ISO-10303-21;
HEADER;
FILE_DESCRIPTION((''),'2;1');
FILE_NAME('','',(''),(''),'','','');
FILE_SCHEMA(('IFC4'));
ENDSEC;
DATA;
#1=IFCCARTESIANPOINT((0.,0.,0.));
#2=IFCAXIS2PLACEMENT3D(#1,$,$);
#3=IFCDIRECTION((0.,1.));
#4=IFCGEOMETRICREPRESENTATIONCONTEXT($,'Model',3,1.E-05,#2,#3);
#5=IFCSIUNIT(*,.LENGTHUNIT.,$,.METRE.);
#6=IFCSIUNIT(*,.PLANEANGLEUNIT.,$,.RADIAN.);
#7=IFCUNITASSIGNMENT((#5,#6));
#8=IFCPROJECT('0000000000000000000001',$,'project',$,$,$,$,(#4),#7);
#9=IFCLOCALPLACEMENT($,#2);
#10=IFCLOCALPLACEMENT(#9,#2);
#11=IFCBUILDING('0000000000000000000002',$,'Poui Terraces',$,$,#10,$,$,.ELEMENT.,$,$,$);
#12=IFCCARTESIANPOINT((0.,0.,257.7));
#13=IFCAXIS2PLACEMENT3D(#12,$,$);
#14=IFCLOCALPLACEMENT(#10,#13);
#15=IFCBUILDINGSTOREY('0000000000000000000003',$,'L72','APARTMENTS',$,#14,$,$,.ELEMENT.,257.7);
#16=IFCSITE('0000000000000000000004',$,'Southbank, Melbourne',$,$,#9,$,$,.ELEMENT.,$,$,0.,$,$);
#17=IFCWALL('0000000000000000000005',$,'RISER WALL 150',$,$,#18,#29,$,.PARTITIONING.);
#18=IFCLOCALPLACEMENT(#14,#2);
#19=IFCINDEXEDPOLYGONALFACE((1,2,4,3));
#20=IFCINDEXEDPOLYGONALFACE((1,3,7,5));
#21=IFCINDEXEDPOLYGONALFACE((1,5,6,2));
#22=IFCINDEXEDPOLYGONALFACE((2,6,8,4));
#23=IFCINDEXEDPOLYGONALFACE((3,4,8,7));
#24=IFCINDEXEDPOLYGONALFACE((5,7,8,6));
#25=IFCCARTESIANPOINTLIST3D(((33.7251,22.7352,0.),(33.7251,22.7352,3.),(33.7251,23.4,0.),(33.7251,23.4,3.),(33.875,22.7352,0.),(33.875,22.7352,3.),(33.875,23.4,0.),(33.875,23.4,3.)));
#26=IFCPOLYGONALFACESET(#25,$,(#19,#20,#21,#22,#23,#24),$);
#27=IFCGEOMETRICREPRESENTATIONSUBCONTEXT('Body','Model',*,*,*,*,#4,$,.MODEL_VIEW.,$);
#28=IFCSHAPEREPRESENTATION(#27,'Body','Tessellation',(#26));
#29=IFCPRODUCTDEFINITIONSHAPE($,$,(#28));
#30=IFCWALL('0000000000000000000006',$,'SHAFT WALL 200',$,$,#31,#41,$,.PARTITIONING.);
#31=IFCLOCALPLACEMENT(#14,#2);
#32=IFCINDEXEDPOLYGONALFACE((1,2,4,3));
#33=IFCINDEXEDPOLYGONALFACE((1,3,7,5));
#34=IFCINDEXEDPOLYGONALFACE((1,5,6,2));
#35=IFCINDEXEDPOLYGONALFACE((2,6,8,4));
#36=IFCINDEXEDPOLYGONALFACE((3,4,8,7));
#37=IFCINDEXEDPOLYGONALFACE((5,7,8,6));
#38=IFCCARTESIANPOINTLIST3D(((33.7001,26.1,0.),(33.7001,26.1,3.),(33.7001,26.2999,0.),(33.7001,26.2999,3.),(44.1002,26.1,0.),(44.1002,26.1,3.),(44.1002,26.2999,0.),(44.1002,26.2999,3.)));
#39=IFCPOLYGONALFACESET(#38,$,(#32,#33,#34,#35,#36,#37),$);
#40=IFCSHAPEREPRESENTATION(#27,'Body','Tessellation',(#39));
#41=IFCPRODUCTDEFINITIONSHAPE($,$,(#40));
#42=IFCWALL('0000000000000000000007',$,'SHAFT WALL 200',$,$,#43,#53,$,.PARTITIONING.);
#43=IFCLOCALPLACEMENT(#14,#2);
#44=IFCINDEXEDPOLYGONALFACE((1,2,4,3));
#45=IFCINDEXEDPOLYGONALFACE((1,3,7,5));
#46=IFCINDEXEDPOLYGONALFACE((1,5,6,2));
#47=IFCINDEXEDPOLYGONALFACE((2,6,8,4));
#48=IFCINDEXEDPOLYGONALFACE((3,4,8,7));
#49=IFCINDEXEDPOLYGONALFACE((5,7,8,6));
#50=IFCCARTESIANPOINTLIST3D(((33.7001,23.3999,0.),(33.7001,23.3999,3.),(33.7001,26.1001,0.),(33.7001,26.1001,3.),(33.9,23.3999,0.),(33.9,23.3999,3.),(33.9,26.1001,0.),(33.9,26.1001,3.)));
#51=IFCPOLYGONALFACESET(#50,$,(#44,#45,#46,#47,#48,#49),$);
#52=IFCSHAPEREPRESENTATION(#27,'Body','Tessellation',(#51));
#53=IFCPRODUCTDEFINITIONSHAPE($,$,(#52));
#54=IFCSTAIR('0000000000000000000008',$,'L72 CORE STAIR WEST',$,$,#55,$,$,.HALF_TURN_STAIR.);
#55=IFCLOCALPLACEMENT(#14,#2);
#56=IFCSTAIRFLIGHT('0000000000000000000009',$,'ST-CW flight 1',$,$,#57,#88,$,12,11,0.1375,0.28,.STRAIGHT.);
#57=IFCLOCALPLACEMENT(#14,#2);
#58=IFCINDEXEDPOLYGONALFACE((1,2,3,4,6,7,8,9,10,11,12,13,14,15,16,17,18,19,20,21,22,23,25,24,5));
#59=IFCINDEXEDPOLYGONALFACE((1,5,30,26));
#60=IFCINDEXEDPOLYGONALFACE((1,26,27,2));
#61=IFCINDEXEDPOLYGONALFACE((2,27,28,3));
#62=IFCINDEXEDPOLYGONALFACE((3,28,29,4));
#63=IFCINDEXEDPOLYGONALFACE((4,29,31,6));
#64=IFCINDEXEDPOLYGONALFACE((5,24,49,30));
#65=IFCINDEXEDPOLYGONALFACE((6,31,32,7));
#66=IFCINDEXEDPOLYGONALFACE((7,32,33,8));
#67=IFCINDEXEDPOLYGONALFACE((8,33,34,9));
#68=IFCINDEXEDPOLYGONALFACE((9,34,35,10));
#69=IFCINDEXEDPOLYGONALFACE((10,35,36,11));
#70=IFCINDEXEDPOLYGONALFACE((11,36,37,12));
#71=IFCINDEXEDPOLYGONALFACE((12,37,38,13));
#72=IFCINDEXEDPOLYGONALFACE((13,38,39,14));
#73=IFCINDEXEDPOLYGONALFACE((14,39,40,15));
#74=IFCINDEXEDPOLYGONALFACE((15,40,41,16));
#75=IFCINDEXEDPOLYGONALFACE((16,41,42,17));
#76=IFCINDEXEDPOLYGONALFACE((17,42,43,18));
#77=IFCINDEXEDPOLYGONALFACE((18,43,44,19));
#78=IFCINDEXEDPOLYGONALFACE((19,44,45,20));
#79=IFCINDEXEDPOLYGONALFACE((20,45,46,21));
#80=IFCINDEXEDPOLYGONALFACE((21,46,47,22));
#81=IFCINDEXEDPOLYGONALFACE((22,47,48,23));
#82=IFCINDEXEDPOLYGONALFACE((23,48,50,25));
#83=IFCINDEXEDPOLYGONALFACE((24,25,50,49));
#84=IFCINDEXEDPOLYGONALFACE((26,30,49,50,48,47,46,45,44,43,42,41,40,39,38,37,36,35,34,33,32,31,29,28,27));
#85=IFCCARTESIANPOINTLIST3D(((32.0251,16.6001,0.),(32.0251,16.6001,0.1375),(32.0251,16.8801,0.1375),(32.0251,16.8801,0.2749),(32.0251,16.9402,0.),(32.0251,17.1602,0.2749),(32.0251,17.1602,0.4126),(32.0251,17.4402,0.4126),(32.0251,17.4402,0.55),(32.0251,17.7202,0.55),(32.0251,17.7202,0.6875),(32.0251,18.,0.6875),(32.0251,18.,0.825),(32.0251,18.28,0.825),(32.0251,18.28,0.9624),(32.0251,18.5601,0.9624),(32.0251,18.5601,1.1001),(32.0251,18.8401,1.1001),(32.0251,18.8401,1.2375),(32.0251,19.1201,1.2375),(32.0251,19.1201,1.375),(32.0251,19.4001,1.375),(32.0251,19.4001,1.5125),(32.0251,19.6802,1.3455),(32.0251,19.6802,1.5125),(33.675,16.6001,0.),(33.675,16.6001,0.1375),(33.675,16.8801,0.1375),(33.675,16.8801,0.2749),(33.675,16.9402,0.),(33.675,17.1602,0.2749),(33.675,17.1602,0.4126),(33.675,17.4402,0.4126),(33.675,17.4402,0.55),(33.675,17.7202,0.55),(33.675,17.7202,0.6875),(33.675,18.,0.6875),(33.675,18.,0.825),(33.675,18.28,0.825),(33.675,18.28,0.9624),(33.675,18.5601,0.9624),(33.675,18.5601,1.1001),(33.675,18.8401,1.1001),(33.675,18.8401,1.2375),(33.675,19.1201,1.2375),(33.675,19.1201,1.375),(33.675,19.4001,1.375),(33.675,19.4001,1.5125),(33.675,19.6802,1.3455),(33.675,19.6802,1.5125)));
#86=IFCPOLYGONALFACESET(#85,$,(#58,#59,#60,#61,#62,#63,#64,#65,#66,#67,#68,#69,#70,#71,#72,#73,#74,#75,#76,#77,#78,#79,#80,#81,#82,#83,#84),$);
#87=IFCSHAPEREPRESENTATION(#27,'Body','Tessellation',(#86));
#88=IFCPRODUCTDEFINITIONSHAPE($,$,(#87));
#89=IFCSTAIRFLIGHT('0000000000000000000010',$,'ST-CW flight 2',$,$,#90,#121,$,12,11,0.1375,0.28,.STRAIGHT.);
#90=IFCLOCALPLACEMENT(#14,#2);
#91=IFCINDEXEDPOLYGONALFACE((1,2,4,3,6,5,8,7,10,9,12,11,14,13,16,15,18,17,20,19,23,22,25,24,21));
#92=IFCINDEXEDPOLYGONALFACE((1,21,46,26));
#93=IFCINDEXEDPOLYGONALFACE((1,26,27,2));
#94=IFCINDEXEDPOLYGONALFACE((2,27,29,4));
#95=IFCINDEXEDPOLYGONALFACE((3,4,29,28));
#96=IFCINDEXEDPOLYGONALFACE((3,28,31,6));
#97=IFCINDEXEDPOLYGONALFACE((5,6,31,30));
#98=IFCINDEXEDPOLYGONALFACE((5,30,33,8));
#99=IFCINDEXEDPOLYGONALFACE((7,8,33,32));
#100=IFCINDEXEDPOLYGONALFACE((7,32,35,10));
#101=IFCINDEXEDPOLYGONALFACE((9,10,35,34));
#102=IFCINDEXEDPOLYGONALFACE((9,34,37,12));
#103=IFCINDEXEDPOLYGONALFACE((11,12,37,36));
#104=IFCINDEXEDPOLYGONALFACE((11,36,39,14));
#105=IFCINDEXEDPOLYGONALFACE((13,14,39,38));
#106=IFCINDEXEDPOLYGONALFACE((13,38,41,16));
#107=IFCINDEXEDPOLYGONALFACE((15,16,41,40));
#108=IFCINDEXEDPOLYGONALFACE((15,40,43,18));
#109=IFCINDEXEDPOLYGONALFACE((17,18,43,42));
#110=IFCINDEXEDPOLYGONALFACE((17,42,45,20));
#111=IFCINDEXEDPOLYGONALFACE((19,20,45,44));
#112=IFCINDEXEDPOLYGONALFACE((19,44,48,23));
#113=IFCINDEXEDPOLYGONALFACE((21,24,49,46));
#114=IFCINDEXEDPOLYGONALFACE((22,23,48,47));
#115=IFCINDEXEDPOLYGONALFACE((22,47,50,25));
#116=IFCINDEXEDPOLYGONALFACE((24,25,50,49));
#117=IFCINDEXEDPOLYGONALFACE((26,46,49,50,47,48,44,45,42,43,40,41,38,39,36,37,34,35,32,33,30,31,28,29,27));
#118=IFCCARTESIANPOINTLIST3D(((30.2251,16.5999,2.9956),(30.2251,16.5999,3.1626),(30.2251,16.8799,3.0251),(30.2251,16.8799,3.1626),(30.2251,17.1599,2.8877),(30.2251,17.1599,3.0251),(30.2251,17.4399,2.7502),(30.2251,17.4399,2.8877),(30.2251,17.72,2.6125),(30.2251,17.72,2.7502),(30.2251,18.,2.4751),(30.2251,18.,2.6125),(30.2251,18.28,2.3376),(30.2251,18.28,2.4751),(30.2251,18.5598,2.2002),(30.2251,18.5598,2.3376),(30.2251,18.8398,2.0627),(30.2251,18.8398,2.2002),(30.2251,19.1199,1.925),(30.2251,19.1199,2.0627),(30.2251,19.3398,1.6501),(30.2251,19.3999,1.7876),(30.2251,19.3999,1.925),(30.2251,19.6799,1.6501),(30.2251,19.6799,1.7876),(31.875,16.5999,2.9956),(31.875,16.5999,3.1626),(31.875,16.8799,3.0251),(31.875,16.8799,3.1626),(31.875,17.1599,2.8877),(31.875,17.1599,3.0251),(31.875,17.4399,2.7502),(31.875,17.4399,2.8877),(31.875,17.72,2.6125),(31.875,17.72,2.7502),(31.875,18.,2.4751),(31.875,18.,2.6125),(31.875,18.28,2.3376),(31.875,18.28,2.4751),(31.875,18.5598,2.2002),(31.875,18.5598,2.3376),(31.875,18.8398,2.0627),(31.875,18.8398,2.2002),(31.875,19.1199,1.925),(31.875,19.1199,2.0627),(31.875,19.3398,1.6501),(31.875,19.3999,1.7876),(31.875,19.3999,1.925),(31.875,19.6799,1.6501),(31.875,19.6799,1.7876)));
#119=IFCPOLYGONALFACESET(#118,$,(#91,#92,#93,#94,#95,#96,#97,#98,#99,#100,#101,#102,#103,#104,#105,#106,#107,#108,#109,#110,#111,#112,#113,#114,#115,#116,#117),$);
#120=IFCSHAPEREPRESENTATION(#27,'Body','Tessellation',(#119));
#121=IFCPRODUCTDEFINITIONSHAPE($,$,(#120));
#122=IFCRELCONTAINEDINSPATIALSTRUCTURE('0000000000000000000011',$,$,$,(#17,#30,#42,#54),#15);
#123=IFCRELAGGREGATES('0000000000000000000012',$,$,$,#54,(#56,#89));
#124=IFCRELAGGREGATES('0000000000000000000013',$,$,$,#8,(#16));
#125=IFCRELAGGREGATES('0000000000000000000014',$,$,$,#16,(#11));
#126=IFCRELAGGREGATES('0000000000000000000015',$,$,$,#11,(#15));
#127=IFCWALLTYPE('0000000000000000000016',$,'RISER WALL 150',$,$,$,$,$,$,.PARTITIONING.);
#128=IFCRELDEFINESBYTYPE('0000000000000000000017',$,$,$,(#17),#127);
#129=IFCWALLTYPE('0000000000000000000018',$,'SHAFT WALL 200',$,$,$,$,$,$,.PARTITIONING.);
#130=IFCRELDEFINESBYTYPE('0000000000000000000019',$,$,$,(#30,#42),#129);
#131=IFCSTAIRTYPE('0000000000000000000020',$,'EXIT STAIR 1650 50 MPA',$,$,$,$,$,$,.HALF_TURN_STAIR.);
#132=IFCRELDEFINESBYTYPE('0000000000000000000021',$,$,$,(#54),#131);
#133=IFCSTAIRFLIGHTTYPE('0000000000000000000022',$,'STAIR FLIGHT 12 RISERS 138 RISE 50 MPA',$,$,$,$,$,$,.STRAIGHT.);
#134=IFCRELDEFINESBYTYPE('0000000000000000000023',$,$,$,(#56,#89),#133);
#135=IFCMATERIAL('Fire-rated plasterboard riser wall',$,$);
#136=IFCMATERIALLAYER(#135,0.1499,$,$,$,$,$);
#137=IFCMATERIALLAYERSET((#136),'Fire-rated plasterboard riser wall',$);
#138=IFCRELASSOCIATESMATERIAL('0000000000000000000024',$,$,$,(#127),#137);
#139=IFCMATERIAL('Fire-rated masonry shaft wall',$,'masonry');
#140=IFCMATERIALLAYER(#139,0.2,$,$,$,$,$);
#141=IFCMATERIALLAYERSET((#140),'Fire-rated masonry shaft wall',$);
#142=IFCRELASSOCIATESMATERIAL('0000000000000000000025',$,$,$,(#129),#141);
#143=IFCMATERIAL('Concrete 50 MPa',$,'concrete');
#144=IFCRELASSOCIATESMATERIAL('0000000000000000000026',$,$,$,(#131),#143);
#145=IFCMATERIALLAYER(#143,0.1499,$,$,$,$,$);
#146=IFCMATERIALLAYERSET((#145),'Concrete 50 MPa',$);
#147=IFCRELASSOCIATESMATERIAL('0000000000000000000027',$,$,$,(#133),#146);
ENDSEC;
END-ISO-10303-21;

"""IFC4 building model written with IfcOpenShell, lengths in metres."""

from ifc_helpers import new_model, si_unit, direction, frame, frame_2d, origin, place, context, subcontext, project, spatial, polyline, rectangle, outline, extrude, material, layer, layer_set, type_object, element, aggregate, save


model = new_model("IFC4")

# Units and contexts
model_context = context("Model", 3, precision=1e-05, world=origin(), true_north=direction((0.0, 1.0)))
body_context = subcontext(model_context, "Body", "Model", "MODEL_VIEW")
ifc_project = project(units=[si_unit("LENGTHUNIT", "METRE"), si_unit("PLANEANGLEUNIT", "RADIAN")], contexts=[model_context])

# Site, building, storey
site_placement = place(None, origin())
site = spatial("IfcSite", under=ifc_project, at=site_placement, Name="Southbank, Melbourne", CompositionType="ELEMENT", RefElevation=0.0)
building_placement = place(site_placement, origin())
building = spatial("IfcBuilding", under=site, at=building_placement, Name="Poui Terraces", CompositionType="ELEMENT")
storey_placement = place(building_placement, frame((0.0, 0.0, 257.7)))
storey = spatial("IfcBuildingStorey", under=building, at=storey_placement, Name="L72", Description="APARTMENTS", CompositionType="ELEMENT", Elevation=257.7)

# Walls
ifc_material_1 = material(Name="Fire-rated plasterboard riser wall")
ifc_layer_1 = layer(ifc_material_1, 0.1499)
ifc_layer_set_1 = layer_set([ifc_layer_1], Name="Fire-rated plasterboard riser wall")
wall_type_1 = type_object("IfcWallType", Name="RISER WALL 150", PredefinedType="PARTITIONING", material=ifc_layer_set_1)
wall_1_placement = place(storey_placement, frame((33.8, 22.7351, 0.0), z_axis=(0.0, 0.0, 1.0), x_axis=(0.0, 1.0, 0.0)))
element("IfcWall", 1, at=wall_1_placement, inside=storey, type_object=wall_type_1, Name="RISER WALL 150", PredefinedType="PARTITIONING", context=body_context, shape_type="SweptSolid", body=[
    extrude(rectangle(XDim=0.6648, YDim=0.1499, at=frame_2d((0.3325, 0.0))), origin(), (0.0, 0.0, 1.0), 3.0),
])
ifc_material_2 = material(Name="Fire-rated masonry shaft wall", Category="masonry")
ifc_layer_2 = layer(ifc_material_2, 0.2)
ifc_layer_set_2 = layer_set([ifc_layer_2], Name="Fire-rated masonry shaft wall")
wall_type_2 = type_object("IfcWallType", Name="SHAFT WALL 200", PredefinedType="PARTITIONING", material=ifc_layer_set_2)
wall_2_placement = place(storey_placement, frame((33.7, 26.2, 0.0), z_axis=(0.0, 0.0, 1.0), x_axis=(1.0, 0.0, 0.0)))
element("IfcWall", 2, at=wall_2_placement, inside=storey, type_object=wall_type_2, Name="SHAFT WALL 200", PredefinedType="PARTITIONING", context=body_context, shape_type="SweptSolid", body=[
    extrude(rectangle(XDim=10.4001, YDim=0.2, at=frame_2d((5.2002, 0.0))), origin(), (0.0, 0.0, 1.0), 3.0),
])
wall_3_placement = place(storey_placement, frame((33.8, 23.3999, 0.0), z_axis=(0.0, 0.0, 1.0), x_axis=(0.0, 1.0, 0.0)))
element("IfcWall", 3, at=wall_3_placement, inside=storey, type_object=wall_type_2, Name="SHAFT WALL 200", PredefinedType="PARTITIONING", context=body_context, shape_type="SweptSolid", body=[
    extrude(rectangle(XDim=2.7002, YDim=0.2, at=frame_2d((1.3501, 0.0))), origin(), (0.0, 0.0, 1.0), 3.0),
])

# Stair, stair flights
ifc_material_3 = material(Name="Concrete 50 MPa", Category="concrete")
stair_type = type_object("IfcStairType", Name="EXIT STAIR 1650 50 MPA", PredefinedType="HALF_TURN_STAIR", material=ifc_material_3)
stair_placement = place(storey_placement, origin())
stair = element("IfcStair", 4, at=stair_placement, inside=storey, type_object=stair_type, Name="L72 CORE STAIR WEST", PredefinedType="HALF_TURN_STAIR")
ifc_layer_3 = layer(ifc_material_3, 0.1499)
ifc_layer_set_3 = layer_set([ifc_layer_3], Name="Concrete 50 MPa")
stair_flight_type = type_object("IfcStairFlightType", Name="STAIR FLIGHT 12 RISERS 138 RISE 50 MPA", PredefinedType="STRAIGHT", material=ifc_layer_set_3)
stair_flight_1_placement = place(storey_placement, frame((32.8501, 16.6001, 0.0), z_axis=(0.0, 0.0, 1.0), x_axis=(0.0, 1.0, 0.0)))
stair_flight_1 = element("IfcStairFlight", 5, at=stair_flight_1_placement, type_object=stair_flight_type, Name="ST-CW flight 1", NumberOfRisers=12, NumberOfTreads=11, PredefinedType="STRAIGHT", RiserHeight=0.1375, TreadLength=0.28, context=body_context, shape_type="SweptSolid", body=[
    extrude(outline(polyline([(0.0, 0.0), (0.0, 0.1375), (0.28, 0.1375), (0.28, 0.2749), (0.5601, 0.2749), (0.5601, 0.4126), (0.8401, 0.4126), (0.8401, 0.55), (1.1201, 0.55), (1.1201, 0.6875), (1.3999, 0.6875), (1.3999, 0.825), (1.6799, 0.825), (1.6799, 0.9624), (1.96, 0.9624), (1.96, 1.1001), (2.24, 1.1001), (2.24, 1.2375), (2.52, 1.2375), (2.52, 1.375), (2.8, 1.375), (2.8, 1.5125), (3.0801, 1.5125), (3.0801, 1.6499), (3.0801, 1.3455), (0.3401, 0.0), (0.0, 0.0)])), frame((0.0, 0.825, 0.0), z_axis=(0.0, -1.0, 0.0), x_axis=(1.0, 0.0, 0.0)), (0.0, 0.0, 1.0), 1.6499),
])
stair_flight_2_placement = place(storey_placement, frame((31.05, 19.6799, 1.6501), z_axis=(0.0, 0.0, 1.0), x_axis=(0.0, -1.0, 0.0)))
stair_flight_2 = element("IfcStairFlight", 6, at=stair_flight_2_placement, type_object=stair_flight_type, Name="ST-CW flight 2", NumberOfRisers=12, NumberOfTreads=11, PredefinedType="STRAIGHT", RiserHeight=0.1375, TreadLength=0.28, context=body_context, shape_type="SweptSolid", body=[
    extrude(outline(polyline([(0.0, 0.0), (0.0, 0.1375), (0.28, 0.1375), (0.28, 0.2749), (0.5601, 0.2749), (0.5601, 0.4126), (0.8401, 0.4126), (0.8401, 0.55), (1.1201, 0.55), (1.1201, 0.6875), (1.3999, 0.6875), (1.3999, 0.825), (1.6799, 0.825), (1.6799, 0.9624), (1.96, 0.9624), (1.96, 1.1001), (2.24, 1.1001), (2.24, 1.2375), (2.52, 1.2375), (2.52, 1.375), (2.8, 1.375), (2.8, 1.5125), (3.0801, 1.5125), (3.0801, 1.6499), (3.0801, 1.3455), (0.3401, 0.0), (0.0, 0.0)])), frame((0.0, 0.825, 0.0), z_axis=(0.0, -1.0, 0.0), x_axis=(1.0, 0.0, 0.0)), (0.0, 0.0, 1.0), 1.6499),
])
aggregate(stair, [stair_flight_1, stair_flight_2])

save(model, "model.ifc")
